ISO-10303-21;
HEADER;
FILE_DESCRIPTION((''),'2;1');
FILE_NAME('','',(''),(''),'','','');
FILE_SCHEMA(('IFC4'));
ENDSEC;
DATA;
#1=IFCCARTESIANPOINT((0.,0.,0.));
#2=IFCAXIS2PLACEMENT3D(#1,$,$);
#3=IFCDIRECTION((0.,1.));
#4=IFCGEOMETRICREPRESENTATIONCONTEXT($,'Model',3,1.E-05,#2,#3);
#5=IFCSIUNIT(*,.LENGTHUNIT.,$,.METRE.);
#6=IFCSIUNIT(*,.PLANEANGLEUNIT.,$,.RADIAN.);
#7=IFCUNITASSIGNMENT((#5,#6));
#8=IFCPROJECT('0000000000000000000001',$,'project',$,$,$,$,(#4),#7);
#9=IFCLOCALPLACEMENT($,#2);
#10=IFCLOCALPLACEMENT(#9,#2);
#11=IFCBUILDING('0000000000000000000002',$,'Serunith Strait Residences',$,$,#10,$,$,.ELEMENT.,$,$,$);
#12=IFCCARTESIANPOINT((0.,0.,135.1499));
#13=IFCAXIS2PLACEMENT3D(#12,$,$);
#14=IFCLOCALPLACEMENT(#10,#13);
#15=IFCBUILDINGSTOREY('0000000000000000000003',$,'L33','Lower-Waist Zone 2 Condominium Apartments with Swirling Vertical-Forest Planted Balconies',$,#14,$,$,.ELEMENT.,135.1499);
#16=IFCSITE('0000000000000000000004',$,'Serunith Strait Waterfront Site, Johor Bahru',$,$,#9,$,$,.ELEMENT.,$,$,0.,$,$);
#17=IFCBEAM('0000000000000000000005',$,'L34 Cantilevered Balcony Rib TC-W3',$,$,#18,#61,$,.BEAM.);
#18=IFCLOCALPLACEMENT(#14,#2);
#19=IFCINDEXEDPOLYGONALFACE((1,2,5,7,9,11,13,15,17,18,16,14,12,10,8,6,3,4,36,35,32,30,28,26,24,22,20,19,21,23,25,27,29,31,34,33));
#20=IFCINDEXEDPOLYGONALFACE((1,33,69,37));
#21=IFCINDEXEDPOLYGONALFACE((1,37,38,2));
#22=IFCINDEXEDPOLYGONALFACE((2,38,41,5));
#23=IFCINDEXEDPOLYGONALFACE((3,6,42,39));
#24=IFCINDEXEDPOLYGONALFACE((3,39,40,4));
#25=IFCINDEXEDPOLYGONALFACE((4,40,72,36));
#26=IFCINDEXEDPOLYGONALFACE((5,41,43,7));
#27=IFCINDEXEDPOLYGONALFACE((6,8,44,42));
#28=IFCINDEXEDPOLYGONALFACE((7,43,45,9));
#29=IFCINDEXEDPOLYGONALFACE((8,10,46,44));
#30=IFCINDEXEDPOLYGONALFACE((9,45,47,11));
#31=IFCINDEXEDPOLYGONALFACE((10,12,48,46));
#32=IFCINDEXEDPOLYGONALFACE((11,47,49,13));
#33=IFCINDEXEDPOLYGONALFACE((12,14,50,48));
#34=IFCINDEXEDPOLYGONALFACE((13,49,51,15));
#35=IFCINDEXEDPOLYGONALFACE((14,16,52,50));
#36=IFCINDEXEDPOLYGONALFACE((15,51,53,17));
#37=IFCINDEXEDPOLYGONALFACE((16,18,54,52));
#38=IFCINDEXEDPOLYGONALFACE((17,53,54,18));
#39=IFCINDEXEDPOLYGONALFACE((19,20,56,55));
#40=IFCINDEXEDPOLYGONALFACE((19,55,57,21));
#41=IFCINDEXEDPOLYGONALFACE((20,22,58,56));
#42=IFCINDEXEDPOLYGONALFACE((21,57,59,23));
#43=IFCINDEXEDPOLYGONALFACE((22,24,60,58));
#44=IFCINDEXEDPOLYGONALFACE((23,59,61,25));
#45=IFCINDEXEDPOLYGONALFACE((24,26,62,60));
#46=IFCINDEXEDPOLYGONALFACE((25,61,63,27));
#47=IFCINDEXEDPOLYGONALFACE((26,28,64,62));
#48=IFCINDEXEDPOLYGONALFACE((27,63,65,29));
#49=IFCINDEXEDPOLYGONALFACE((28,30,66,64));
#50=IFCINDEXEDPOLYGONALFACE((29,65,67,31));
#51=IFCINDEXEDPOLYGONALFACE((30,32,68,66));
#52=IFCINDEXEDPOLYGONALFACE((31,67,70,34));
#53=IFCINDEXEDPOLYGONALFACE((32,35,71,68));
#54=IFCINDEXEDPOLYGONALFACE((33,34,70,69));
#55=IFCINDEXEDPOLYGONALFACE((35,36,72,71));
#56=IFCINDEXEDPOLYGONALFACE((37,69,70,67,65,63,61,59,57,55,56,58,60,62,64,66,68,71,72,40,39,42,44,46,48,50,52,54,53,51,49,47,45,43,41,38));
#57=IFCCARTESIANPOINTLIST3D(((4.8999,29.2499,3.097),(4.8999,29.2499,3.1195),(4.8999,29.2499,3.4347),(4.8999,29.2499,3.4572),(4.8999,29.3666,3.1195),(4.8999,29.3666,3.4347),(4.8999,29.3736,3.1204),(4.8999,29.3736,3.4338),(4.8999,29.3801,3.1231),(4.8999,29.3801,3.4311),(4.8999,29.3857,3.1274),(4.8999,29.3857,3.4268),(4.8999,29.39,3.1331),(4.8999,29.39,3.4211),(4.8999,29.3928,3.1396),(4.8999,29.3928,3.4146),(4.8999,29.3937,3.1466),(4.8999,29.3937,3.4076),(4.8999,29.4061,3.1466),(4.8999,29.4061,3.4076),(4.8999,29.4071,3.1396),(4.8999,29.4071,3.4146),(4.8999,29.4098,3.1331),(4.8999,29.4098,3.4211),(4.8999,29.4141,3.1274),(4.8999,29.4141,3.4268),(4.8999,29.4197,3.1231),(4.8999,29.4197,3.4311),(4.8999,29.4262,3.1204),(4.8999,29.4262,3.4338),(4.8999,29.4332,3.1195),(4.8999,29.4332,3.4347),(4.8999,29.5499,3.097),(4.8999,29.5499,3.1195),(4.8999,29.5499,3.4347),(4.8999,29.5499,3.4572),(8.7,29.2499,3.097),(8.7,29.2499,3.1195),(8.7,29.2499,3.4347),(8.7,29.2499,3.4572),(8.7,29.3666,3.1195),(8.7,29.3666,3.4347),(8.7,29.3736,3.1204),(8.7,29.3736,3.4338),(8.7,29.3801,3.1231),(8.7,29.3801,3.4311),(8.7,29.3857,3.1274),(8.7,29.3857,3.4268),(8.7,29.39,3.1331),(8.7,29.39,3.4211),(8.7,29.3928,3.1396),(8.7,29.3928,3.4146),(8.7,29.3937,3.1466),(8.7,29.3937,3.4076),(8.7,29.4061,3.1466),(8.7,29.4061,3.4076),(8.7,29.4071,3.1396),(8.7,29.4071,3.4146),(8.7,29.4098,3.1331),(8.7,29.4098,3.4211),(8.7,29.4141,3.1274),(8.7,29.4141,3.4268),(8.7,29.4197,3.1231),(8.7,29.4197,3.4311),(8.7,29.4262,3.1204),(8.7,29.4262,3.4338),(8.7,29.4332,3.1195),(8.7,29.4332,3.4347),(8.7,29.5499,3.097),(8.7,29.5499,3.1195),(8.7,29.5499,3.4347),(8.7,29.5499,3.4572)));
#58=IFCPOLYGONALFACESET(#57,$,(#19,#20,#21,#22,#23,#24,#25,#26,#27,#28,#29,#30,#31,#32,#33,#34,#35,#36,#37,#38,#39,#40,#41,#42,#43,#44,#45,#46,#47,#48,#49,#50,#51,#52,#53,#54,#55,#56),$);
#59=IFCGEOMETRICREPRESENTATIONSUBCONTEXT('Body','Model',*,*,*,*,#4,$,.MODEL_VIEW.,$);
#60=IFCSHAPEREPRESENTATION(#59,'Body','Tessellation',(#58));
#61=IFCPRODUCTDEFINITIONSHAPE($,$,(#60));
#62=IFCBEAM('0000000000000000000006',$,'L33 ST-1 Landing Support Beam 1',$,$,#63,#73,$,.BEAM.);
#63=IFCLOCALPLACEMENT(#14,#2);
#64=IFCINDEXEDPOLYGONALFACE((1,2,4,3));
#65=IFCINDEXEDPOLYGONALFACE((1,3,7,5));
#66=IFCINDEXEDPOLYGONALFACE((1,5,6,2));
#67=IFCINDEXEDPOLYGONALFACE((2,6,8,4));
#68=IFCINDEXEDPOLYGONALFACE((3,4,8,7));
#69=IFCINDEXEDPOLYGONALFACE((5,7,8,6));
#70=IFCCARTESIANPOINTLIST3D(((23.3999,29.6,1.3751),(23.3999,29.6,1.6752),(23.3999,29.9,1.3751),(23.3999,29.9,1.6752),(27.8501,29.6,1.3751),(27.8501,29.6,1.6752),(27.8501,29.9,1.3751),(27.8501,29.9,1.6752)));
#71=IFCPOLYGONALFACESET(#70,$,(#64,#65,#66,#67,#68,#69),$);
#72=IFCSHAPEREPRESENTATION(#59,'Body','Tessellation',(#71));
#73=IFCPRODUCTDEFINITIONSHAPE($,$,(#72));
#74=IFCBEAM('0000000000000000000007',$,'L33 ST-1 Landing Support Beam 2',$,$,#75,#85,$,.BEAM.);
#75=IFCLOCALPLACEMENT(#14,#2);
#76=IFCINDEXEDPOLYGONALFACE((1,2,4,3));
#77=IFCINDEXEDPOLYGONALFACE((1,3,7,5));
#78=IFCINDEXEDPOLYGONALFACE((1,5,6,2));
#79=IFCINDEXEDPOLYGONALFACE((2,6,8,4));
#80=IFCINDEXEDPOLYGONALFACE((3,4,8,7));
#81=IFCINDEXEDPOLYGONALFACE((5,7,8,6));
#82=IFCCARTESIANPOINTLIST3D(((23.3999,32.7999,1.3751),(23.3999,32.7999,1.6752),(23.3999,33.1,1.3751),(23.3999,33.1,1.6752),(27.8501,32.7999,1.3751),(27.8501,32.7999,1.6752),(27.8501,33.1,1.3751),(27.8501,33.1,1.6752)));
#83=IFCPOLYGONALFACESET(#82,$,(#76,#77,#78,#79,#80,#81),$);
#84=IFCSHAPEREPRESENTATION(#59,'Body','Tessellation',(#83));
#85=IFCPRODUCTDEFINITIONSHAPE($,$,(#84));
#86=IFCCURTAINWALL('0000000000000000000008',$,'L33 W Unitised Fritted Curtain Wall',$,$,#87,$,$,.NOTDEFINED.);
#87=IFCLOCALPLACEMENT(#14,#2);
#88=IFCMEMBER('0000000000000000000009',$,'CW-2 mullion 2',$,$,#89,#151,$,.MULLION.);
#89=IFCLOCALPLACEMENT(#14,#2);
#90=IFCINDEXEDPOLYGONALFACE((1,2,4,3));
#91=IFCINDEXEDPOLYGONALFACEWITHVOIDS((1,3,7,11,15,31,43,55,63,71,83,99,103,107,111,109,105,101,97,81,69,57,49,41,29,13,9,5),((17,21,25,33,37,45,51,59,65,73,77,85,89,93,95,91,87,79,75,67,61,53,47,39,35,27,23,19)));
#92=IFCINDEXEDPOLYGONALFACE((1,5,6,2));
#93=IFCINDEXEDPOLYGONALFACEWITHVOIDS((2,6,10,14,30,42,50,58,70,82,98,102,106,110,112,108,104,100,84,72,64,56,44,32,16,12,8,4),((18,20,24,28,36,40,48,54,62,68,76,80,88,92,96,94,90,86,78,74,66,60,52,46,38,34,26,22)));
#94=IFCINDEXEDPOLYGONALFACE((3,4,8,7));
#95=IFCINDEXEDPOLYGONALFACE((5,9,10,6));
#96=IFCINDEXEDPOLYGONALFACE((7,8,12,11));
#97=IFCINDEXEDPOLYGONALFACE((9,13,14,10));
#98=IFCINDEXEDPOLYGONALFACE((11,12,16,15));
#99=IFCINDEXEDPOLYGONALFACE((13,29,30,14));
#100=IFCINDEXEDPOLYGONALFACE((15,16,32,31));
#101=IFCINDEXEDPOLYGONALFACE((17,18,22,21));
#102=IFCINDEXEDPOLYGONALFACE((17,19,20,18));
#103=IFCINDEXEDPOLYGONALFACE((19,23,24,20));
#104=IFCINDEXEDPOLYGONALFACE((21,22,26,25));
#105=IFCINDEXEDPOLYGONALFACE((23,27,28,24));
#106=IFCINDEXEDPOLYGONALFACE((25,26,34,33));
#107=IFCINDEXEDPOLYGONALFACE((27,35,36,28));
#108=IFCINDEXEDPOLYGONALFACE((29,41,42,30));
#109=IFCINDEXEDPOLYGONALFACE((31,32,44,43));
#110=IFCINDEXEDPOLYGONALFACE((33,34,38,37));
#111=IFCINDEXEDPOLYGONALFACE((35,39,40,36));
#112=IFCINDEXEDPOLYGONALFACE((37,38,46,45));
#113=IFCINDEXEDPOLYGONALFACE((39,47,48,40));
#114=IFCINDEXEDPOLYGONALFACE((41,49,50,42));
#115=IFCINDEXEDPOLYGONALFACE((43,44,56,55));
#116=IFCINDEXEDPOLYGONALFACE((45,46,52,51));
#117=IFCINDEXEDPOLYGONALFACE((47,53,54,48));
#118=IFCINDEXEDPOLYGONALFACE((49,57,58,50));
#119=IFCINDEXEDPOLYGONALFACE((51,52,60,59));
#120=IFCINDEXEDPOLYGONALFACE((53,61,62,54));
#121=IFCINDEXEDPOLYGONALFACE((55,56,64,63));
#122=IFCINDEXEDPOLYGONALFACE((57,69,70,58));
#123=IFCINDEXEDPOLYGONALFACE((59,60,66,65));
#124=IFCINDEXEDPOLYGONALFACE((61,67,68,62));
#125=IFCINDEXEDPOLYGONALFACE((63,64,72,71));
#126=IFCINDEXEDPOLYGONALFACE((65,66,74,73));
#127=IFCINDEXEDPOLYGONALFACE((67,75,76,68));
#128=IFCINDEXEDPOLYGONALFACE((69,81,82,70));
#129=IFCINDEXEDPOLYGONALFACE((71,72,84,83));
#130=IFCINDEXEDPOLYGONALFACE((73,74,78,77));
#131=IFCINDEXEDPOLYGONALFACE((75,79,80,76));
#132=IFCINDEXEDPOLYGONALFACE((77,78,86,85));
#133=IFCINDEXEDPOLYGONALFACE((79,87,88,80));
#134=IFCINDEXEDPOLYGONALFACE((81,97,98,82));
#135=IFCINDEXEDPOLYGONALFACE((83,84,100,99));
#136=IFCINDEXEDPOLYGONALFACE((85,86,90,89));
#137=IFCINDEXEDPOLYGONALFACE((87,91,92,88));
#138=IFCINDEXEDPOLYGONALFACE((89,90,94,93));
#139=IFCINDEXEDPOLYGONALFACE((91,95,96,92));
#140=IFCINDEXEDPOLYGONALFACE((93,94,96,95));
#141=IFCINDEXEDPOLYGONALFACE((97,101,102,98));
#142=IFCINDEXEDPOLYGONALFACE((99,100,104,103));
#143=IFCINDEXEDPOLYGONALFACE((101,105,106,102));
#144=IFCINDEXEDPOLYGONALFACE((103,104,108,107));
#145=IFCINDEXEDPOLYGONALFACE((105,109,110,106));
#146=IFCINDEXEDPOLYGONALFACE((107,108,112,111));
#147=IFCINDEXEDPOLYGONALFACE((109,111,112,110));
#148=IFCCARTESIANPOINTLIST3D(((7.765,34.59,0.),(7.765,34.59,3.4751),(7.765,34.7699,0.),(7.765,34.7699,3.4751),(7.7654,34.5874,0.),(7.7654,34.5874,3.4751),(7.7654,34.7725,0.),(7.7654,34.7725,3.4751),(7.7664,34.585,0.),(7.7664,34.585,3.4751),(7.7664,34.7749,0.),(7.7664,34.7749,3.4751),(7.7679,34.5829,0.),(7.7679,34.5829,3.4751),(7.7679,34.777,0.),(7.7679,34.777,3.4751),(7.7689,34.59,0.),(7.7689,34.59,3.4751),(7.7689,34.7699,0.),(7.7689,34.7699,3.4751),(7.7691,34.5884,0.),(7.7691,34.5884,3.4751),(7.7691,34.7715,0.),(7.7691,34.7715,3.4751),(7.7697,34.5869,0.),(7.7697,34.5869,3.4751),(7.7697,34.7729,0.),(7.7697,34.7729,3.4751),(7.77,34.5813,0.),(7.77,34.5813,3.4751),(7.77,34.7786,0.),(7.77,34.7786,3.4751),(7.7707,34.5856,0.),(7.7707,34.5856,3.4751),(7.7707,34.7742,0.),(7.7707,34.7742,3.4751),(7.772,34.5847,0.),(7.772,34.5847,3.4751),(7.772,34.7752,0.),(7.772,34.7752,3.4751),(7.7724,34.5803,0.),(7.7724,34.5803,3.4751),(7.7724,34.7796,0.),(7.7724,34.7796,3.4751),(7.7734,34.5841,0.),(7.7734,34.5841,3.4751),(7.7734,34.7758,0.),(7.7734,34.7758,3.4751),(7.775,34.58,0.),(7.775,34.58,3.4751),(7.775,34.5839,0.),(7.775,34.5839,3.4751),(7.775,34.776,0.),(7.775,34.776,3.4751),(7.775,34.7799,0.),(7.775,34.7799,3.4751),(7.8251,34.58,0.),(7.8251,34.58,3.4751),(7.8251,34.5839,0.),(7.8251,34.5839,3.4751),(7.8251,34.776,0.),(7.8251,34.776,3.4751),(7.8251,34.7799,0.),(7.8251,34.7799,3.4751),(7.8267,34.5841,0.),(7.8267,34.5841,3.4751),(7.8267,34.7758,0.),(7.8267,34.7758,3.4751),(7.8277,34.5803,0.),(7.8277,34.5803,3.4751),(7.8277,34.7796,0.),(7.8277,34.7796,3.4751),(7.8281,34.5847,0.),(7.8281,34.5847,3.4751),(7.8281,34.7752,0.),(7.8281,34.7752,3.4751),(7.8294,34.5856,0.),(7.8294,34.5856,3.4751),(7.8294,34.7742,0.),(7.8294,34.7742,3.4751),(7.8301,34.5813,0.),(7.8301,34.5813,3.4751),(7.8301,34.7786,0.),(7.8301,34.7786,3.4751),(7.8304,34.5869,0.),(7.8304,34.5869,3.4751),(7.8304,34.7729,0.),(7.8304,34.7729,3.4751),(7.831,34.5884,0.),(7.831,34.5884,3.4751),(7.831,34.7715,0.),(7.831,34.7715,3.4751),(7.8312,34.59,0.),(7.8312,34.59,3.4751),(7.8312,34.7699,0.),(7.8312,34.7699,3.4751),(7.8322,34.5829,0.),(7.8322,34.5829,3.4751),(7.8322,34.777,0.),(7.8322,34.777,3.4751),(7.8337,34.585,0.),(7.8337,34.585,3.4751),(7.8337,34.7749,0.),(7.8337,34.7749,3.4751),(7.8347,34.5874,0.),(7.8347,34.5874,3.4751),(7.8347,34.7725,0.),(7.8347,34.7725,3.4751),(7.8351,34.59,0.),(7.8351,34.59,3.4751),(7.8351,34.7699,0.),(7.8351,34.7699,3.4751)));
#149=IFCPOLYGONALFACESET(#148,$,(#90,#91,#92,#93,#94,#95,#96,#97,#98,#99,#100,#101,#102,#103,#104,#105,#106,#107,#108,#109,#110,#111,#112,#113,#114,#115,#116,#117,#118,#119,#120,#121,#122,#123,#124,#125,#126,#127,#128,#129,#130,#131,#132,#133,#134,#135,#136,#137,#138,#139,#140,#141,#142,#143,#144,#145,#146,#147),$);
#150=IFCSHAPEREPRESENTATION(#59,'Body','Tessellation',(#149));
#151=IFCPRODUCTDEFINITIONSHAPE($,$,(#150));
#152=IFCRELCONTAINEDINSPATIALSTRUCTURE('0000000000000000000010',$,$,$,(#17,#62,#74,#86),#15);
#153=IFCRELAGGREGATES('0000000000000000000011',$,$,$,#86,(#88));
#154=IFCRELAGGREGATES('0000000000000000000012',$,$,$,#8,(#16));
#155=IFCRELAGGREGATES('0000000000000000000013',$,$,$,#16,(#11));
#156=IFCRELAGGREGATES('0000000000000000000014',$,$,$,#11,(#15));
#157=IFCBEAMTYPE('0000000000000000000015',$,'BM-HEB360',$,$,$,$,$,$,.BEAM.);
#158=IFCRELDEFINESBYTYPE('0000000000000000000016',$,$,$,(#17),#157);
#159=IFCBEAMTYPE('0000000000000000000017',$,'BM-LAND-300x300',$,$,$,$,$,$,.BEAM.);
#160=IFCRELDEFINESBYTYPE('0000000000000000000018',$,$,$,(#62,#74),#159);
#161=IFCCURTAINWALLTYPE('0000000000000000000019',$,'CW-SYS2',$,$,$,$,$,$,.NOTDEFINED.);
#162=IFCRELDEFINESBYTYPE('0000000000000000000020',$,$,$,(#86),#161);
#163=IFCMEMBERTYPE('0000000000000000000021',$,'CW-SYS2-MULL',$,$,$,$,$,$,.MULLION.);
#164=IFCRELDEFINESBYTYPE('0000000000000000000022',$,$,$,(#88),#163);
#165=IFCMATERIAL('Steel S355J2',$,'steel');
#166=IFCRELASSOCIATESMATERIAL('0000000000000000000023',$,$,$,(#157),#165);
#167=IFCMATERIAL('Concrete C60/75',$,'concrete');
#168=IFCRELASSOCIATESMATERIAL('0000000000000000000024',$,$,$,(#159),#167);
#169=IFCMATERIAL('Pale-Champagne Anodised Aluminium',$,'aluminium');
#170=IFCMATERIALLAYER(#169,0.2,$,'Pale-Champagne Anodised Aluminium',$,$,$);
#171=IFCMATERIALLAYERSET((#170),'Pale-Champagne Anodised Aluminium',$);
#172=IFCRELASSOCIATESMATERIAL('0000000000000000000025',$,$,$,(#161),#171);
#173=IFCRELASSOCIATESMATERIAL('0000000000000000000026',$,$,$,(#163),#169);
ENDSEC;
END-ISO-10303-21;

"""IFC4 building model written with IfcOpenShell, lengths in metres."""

from ifc_helpers import new_model, si_unit, direction, frame, origin, origin_2d, place, context, subcontext, project, spatial, rectangle, hollow_rectangle, i_section, extrude, source, transform, mapped, material, layer, layer_set, material_profile, profile_set, type_object, element, aggregate, save


model = new_model("IFC4")

# Units and contexts
model_context = context("Model", 3, precision=1e-05, world=origin(), true_north=direction((0.0, 1.0)))
body_context = subcontext(model_context, "Body", "Model", "MODEL_VIEW")
ifc_project = project(units=[si_unit("LENGTHUNIT", "METRE"), si_unit("PLANEANGLEUNIT", "RADIAN")], contexts=[model_context])

# Site, building, storey
site_placement = place(None, origin())
site = spatial("IfcSite", under=ifc_project, at=site_placement, Name="Serunith Strait Waterfront Site, Johor Bahru", CompositionType="ELEMENT", RefElevation=0.0)
building_placement = place(site_placement, origin())
building = spatial("IfcBuilding", under=site, at=building_placement, Name="Serunith Strait Residences", CompositionType="ELEMENT")
storey_placement = place(building_placement, frame((0.0, 0.0, 135.1499)))
storey = spatial("IfcBuildingStorey", under=building, at=storey_placement, Name="L33", Description="Lower-Waist Zone 2 Condominium Apartments with Swirling Vertical-Forest Planted Balconies", CompositionType="ELEMENT", Elevation=135.1499)

# Beams
ifc_material_1 = material(Name="Steel S355J2", Category="steel")
ifc_material_profile_1 = material_profile(ifc_material_1, i_section(OverallWidth=0.3, OverallDepth=0.3601, WebThickness=0.0125, FlangeThickness=0.0225, FilletRadius=0.0271, at=origin_2d()), Name="HEB 360")
ifc_profile_set_1 = profile_set([ifc_material_profile_1], Name="Steel S355J2")
beam_type_1 = type_object("IfcBeamType", Name="BM-HEB360", PredefinedType="BEAM", material=ifc_profile_set_1)
shared_shape_1 = source(origin(), body_context, "Body", "SweptSolid", [
    extrude(i_section(OverallWidth=0.3, OverallDepth=0.3601, WebThickness=0.0125, FlangeThickness=0.0225, FilletRadius=0.0271, at=origin_2d()), origin(), (0.0, 0.0, 1.0), 3.8),
])
beam_1_placement = place(storey_placement, frame((8.7, 29.3999, 3.2771), z_axis=(-1.0, 0.0, 0.0), x_axis=(0.0, -1.0, 0.0)))
element("IfcBeam", 1, at=beam_1_placement, inside=storey, type_object=beam_type_1, Name="L34 Cantilevered Balcony Rib TC-W3", PredefinedType="BEAM", context=body_context, shape_type="MappedRepresentation", body=[
    mapped(shared_shape_1, transform((0.0, 0.0, 0.0), scale=1.0)),
])
ifc_material_2 = material(Name="Concrete C60/75", Category="concrete")
ifc_material_profile_2 = material_profile(ifc_material_2, rectangle(XDim=0.3, YDim=0.3, at=origin_2d()), Name="RC 300x300")
ifc_profile_set_2 = profile_set([ifc_material_profile_2], Name="Concrete C60/75")
beam_type_2 = type_object("IfcBeamType", Name="BM-LAND-300x300", PredefinedType="BEAM", material=ifc_profile_set_2)
shared_shape_2 = source(origin(), body_context, "Body", "SweptSolid", [
    extrude(rectangle(XDim=0.3, YDim=0.3, at=origin_2d()), origin(), (0.0, 0.0, 1.0), 4.4502),
])
for number, where, z_axis, x_axis, name in (
    (2, (23.3999, 29.75, 1.5251), (1.0, 0.0, 0.0), (0.0, 1.0, 0.0), "L33 ST-1 Landing Support Beam 1"),
    (3, (23.3999, 32.95, 1.5251), (1.0, 0.0, 0.0), (0.0, 1.0, 0.0), "L33 ST-1 Landing Support Beam 2"),
):
    element("IfcBeam", number, at=place(storey_placement, frame(where, z_axis=z_axis, x_axis=x_axis)), inside=storey, type_object=beam_type_2, Name=name, PredefinedType="BEAM", context=body_context, shape_type="MappedRepresentation", body=[
        mapped(shared_shape_2, transform((0.0, 0.0, 0.0), scale=1.0)),
    ])

# Curtain wall, member
ifc_material_3 = material(Name="Pale-Champagne Anodised Aluminium", Category="aluminium")
ifc_layer_1 = layer(ifc_material_3, 0.2, Name="Pale-Champagne Anodised Aluminium")
ifc_layer_set_1 = layer_set([ifc_layer_1], Name="Pale-Champagne Anodised Aluminium")
curtain_wall_type = type_object("IfcCurtainWallType", Name="CW-SYS2", PredefinedType="NOTDEFINED", material=ifc_layer_set_1)
curtain_wall_placement = place(storey_placement, origin())
curtain_wall = element("IfcCurtainWall", 4, at=curtain_wall_placement, inside=storey, type_object=curtain_wall_type, Name="L33 W Unitised Fritted Curtain Wall", PredefinedType="NOTDEFINED")
ifc_material_profile_3 = material_profile(ifc_material_3, hollow_rectangle(XDim=0.0701, YDim=0.2, WallThickness=0.0039, InnerFilletRadius=0.0061, OuterFilletRadius=0.01, at=origin_2d()), Name="ALU 200x70x4")
ifc_profile_set_3 = profile_set([ifc_material_profile_3], Name="Pale-Champagne Anodised Aluminium")
member_type_1 = type_object("IfcMemberType", Name="CW-SYS2-MULL", PredefinedType="MULLION", material=ifc_profile_set_3)
shared_shape_3 = source(origin(), body_context, "Body", "SweptSolid", [
    extrude(hollow_rectangle(XDim=0.0701, YDim=0.2, WallThickness=0.0039, InnerFilletRadius=0.0061, OuterFilletRadius=0.01, at=origin_2d()), origin(), (0.0, 0.0, 1.0), 3.4751),
])
member_1_placement = place(storey_placement, frame((7.8, 34.6799, 0.0), z_axis=(0.0, 0.0, 1.0), x_axis=(1.0, 0.0, 0.0)))
member_1 = element("IfcMember", 5, at=member_1_placement, type_object=member_type_1, Name="CW-2 mullion 2", PredefinedType="MULLION", context=body_context, shape_type="MappedRepresentation", body=[
    mapped(shared_shape_3, transform((0.0, 0.0, 0.0), scale=1.0)),
])
aggregate(curtain_wall, [member_1])

save(model, "model.ifc")
